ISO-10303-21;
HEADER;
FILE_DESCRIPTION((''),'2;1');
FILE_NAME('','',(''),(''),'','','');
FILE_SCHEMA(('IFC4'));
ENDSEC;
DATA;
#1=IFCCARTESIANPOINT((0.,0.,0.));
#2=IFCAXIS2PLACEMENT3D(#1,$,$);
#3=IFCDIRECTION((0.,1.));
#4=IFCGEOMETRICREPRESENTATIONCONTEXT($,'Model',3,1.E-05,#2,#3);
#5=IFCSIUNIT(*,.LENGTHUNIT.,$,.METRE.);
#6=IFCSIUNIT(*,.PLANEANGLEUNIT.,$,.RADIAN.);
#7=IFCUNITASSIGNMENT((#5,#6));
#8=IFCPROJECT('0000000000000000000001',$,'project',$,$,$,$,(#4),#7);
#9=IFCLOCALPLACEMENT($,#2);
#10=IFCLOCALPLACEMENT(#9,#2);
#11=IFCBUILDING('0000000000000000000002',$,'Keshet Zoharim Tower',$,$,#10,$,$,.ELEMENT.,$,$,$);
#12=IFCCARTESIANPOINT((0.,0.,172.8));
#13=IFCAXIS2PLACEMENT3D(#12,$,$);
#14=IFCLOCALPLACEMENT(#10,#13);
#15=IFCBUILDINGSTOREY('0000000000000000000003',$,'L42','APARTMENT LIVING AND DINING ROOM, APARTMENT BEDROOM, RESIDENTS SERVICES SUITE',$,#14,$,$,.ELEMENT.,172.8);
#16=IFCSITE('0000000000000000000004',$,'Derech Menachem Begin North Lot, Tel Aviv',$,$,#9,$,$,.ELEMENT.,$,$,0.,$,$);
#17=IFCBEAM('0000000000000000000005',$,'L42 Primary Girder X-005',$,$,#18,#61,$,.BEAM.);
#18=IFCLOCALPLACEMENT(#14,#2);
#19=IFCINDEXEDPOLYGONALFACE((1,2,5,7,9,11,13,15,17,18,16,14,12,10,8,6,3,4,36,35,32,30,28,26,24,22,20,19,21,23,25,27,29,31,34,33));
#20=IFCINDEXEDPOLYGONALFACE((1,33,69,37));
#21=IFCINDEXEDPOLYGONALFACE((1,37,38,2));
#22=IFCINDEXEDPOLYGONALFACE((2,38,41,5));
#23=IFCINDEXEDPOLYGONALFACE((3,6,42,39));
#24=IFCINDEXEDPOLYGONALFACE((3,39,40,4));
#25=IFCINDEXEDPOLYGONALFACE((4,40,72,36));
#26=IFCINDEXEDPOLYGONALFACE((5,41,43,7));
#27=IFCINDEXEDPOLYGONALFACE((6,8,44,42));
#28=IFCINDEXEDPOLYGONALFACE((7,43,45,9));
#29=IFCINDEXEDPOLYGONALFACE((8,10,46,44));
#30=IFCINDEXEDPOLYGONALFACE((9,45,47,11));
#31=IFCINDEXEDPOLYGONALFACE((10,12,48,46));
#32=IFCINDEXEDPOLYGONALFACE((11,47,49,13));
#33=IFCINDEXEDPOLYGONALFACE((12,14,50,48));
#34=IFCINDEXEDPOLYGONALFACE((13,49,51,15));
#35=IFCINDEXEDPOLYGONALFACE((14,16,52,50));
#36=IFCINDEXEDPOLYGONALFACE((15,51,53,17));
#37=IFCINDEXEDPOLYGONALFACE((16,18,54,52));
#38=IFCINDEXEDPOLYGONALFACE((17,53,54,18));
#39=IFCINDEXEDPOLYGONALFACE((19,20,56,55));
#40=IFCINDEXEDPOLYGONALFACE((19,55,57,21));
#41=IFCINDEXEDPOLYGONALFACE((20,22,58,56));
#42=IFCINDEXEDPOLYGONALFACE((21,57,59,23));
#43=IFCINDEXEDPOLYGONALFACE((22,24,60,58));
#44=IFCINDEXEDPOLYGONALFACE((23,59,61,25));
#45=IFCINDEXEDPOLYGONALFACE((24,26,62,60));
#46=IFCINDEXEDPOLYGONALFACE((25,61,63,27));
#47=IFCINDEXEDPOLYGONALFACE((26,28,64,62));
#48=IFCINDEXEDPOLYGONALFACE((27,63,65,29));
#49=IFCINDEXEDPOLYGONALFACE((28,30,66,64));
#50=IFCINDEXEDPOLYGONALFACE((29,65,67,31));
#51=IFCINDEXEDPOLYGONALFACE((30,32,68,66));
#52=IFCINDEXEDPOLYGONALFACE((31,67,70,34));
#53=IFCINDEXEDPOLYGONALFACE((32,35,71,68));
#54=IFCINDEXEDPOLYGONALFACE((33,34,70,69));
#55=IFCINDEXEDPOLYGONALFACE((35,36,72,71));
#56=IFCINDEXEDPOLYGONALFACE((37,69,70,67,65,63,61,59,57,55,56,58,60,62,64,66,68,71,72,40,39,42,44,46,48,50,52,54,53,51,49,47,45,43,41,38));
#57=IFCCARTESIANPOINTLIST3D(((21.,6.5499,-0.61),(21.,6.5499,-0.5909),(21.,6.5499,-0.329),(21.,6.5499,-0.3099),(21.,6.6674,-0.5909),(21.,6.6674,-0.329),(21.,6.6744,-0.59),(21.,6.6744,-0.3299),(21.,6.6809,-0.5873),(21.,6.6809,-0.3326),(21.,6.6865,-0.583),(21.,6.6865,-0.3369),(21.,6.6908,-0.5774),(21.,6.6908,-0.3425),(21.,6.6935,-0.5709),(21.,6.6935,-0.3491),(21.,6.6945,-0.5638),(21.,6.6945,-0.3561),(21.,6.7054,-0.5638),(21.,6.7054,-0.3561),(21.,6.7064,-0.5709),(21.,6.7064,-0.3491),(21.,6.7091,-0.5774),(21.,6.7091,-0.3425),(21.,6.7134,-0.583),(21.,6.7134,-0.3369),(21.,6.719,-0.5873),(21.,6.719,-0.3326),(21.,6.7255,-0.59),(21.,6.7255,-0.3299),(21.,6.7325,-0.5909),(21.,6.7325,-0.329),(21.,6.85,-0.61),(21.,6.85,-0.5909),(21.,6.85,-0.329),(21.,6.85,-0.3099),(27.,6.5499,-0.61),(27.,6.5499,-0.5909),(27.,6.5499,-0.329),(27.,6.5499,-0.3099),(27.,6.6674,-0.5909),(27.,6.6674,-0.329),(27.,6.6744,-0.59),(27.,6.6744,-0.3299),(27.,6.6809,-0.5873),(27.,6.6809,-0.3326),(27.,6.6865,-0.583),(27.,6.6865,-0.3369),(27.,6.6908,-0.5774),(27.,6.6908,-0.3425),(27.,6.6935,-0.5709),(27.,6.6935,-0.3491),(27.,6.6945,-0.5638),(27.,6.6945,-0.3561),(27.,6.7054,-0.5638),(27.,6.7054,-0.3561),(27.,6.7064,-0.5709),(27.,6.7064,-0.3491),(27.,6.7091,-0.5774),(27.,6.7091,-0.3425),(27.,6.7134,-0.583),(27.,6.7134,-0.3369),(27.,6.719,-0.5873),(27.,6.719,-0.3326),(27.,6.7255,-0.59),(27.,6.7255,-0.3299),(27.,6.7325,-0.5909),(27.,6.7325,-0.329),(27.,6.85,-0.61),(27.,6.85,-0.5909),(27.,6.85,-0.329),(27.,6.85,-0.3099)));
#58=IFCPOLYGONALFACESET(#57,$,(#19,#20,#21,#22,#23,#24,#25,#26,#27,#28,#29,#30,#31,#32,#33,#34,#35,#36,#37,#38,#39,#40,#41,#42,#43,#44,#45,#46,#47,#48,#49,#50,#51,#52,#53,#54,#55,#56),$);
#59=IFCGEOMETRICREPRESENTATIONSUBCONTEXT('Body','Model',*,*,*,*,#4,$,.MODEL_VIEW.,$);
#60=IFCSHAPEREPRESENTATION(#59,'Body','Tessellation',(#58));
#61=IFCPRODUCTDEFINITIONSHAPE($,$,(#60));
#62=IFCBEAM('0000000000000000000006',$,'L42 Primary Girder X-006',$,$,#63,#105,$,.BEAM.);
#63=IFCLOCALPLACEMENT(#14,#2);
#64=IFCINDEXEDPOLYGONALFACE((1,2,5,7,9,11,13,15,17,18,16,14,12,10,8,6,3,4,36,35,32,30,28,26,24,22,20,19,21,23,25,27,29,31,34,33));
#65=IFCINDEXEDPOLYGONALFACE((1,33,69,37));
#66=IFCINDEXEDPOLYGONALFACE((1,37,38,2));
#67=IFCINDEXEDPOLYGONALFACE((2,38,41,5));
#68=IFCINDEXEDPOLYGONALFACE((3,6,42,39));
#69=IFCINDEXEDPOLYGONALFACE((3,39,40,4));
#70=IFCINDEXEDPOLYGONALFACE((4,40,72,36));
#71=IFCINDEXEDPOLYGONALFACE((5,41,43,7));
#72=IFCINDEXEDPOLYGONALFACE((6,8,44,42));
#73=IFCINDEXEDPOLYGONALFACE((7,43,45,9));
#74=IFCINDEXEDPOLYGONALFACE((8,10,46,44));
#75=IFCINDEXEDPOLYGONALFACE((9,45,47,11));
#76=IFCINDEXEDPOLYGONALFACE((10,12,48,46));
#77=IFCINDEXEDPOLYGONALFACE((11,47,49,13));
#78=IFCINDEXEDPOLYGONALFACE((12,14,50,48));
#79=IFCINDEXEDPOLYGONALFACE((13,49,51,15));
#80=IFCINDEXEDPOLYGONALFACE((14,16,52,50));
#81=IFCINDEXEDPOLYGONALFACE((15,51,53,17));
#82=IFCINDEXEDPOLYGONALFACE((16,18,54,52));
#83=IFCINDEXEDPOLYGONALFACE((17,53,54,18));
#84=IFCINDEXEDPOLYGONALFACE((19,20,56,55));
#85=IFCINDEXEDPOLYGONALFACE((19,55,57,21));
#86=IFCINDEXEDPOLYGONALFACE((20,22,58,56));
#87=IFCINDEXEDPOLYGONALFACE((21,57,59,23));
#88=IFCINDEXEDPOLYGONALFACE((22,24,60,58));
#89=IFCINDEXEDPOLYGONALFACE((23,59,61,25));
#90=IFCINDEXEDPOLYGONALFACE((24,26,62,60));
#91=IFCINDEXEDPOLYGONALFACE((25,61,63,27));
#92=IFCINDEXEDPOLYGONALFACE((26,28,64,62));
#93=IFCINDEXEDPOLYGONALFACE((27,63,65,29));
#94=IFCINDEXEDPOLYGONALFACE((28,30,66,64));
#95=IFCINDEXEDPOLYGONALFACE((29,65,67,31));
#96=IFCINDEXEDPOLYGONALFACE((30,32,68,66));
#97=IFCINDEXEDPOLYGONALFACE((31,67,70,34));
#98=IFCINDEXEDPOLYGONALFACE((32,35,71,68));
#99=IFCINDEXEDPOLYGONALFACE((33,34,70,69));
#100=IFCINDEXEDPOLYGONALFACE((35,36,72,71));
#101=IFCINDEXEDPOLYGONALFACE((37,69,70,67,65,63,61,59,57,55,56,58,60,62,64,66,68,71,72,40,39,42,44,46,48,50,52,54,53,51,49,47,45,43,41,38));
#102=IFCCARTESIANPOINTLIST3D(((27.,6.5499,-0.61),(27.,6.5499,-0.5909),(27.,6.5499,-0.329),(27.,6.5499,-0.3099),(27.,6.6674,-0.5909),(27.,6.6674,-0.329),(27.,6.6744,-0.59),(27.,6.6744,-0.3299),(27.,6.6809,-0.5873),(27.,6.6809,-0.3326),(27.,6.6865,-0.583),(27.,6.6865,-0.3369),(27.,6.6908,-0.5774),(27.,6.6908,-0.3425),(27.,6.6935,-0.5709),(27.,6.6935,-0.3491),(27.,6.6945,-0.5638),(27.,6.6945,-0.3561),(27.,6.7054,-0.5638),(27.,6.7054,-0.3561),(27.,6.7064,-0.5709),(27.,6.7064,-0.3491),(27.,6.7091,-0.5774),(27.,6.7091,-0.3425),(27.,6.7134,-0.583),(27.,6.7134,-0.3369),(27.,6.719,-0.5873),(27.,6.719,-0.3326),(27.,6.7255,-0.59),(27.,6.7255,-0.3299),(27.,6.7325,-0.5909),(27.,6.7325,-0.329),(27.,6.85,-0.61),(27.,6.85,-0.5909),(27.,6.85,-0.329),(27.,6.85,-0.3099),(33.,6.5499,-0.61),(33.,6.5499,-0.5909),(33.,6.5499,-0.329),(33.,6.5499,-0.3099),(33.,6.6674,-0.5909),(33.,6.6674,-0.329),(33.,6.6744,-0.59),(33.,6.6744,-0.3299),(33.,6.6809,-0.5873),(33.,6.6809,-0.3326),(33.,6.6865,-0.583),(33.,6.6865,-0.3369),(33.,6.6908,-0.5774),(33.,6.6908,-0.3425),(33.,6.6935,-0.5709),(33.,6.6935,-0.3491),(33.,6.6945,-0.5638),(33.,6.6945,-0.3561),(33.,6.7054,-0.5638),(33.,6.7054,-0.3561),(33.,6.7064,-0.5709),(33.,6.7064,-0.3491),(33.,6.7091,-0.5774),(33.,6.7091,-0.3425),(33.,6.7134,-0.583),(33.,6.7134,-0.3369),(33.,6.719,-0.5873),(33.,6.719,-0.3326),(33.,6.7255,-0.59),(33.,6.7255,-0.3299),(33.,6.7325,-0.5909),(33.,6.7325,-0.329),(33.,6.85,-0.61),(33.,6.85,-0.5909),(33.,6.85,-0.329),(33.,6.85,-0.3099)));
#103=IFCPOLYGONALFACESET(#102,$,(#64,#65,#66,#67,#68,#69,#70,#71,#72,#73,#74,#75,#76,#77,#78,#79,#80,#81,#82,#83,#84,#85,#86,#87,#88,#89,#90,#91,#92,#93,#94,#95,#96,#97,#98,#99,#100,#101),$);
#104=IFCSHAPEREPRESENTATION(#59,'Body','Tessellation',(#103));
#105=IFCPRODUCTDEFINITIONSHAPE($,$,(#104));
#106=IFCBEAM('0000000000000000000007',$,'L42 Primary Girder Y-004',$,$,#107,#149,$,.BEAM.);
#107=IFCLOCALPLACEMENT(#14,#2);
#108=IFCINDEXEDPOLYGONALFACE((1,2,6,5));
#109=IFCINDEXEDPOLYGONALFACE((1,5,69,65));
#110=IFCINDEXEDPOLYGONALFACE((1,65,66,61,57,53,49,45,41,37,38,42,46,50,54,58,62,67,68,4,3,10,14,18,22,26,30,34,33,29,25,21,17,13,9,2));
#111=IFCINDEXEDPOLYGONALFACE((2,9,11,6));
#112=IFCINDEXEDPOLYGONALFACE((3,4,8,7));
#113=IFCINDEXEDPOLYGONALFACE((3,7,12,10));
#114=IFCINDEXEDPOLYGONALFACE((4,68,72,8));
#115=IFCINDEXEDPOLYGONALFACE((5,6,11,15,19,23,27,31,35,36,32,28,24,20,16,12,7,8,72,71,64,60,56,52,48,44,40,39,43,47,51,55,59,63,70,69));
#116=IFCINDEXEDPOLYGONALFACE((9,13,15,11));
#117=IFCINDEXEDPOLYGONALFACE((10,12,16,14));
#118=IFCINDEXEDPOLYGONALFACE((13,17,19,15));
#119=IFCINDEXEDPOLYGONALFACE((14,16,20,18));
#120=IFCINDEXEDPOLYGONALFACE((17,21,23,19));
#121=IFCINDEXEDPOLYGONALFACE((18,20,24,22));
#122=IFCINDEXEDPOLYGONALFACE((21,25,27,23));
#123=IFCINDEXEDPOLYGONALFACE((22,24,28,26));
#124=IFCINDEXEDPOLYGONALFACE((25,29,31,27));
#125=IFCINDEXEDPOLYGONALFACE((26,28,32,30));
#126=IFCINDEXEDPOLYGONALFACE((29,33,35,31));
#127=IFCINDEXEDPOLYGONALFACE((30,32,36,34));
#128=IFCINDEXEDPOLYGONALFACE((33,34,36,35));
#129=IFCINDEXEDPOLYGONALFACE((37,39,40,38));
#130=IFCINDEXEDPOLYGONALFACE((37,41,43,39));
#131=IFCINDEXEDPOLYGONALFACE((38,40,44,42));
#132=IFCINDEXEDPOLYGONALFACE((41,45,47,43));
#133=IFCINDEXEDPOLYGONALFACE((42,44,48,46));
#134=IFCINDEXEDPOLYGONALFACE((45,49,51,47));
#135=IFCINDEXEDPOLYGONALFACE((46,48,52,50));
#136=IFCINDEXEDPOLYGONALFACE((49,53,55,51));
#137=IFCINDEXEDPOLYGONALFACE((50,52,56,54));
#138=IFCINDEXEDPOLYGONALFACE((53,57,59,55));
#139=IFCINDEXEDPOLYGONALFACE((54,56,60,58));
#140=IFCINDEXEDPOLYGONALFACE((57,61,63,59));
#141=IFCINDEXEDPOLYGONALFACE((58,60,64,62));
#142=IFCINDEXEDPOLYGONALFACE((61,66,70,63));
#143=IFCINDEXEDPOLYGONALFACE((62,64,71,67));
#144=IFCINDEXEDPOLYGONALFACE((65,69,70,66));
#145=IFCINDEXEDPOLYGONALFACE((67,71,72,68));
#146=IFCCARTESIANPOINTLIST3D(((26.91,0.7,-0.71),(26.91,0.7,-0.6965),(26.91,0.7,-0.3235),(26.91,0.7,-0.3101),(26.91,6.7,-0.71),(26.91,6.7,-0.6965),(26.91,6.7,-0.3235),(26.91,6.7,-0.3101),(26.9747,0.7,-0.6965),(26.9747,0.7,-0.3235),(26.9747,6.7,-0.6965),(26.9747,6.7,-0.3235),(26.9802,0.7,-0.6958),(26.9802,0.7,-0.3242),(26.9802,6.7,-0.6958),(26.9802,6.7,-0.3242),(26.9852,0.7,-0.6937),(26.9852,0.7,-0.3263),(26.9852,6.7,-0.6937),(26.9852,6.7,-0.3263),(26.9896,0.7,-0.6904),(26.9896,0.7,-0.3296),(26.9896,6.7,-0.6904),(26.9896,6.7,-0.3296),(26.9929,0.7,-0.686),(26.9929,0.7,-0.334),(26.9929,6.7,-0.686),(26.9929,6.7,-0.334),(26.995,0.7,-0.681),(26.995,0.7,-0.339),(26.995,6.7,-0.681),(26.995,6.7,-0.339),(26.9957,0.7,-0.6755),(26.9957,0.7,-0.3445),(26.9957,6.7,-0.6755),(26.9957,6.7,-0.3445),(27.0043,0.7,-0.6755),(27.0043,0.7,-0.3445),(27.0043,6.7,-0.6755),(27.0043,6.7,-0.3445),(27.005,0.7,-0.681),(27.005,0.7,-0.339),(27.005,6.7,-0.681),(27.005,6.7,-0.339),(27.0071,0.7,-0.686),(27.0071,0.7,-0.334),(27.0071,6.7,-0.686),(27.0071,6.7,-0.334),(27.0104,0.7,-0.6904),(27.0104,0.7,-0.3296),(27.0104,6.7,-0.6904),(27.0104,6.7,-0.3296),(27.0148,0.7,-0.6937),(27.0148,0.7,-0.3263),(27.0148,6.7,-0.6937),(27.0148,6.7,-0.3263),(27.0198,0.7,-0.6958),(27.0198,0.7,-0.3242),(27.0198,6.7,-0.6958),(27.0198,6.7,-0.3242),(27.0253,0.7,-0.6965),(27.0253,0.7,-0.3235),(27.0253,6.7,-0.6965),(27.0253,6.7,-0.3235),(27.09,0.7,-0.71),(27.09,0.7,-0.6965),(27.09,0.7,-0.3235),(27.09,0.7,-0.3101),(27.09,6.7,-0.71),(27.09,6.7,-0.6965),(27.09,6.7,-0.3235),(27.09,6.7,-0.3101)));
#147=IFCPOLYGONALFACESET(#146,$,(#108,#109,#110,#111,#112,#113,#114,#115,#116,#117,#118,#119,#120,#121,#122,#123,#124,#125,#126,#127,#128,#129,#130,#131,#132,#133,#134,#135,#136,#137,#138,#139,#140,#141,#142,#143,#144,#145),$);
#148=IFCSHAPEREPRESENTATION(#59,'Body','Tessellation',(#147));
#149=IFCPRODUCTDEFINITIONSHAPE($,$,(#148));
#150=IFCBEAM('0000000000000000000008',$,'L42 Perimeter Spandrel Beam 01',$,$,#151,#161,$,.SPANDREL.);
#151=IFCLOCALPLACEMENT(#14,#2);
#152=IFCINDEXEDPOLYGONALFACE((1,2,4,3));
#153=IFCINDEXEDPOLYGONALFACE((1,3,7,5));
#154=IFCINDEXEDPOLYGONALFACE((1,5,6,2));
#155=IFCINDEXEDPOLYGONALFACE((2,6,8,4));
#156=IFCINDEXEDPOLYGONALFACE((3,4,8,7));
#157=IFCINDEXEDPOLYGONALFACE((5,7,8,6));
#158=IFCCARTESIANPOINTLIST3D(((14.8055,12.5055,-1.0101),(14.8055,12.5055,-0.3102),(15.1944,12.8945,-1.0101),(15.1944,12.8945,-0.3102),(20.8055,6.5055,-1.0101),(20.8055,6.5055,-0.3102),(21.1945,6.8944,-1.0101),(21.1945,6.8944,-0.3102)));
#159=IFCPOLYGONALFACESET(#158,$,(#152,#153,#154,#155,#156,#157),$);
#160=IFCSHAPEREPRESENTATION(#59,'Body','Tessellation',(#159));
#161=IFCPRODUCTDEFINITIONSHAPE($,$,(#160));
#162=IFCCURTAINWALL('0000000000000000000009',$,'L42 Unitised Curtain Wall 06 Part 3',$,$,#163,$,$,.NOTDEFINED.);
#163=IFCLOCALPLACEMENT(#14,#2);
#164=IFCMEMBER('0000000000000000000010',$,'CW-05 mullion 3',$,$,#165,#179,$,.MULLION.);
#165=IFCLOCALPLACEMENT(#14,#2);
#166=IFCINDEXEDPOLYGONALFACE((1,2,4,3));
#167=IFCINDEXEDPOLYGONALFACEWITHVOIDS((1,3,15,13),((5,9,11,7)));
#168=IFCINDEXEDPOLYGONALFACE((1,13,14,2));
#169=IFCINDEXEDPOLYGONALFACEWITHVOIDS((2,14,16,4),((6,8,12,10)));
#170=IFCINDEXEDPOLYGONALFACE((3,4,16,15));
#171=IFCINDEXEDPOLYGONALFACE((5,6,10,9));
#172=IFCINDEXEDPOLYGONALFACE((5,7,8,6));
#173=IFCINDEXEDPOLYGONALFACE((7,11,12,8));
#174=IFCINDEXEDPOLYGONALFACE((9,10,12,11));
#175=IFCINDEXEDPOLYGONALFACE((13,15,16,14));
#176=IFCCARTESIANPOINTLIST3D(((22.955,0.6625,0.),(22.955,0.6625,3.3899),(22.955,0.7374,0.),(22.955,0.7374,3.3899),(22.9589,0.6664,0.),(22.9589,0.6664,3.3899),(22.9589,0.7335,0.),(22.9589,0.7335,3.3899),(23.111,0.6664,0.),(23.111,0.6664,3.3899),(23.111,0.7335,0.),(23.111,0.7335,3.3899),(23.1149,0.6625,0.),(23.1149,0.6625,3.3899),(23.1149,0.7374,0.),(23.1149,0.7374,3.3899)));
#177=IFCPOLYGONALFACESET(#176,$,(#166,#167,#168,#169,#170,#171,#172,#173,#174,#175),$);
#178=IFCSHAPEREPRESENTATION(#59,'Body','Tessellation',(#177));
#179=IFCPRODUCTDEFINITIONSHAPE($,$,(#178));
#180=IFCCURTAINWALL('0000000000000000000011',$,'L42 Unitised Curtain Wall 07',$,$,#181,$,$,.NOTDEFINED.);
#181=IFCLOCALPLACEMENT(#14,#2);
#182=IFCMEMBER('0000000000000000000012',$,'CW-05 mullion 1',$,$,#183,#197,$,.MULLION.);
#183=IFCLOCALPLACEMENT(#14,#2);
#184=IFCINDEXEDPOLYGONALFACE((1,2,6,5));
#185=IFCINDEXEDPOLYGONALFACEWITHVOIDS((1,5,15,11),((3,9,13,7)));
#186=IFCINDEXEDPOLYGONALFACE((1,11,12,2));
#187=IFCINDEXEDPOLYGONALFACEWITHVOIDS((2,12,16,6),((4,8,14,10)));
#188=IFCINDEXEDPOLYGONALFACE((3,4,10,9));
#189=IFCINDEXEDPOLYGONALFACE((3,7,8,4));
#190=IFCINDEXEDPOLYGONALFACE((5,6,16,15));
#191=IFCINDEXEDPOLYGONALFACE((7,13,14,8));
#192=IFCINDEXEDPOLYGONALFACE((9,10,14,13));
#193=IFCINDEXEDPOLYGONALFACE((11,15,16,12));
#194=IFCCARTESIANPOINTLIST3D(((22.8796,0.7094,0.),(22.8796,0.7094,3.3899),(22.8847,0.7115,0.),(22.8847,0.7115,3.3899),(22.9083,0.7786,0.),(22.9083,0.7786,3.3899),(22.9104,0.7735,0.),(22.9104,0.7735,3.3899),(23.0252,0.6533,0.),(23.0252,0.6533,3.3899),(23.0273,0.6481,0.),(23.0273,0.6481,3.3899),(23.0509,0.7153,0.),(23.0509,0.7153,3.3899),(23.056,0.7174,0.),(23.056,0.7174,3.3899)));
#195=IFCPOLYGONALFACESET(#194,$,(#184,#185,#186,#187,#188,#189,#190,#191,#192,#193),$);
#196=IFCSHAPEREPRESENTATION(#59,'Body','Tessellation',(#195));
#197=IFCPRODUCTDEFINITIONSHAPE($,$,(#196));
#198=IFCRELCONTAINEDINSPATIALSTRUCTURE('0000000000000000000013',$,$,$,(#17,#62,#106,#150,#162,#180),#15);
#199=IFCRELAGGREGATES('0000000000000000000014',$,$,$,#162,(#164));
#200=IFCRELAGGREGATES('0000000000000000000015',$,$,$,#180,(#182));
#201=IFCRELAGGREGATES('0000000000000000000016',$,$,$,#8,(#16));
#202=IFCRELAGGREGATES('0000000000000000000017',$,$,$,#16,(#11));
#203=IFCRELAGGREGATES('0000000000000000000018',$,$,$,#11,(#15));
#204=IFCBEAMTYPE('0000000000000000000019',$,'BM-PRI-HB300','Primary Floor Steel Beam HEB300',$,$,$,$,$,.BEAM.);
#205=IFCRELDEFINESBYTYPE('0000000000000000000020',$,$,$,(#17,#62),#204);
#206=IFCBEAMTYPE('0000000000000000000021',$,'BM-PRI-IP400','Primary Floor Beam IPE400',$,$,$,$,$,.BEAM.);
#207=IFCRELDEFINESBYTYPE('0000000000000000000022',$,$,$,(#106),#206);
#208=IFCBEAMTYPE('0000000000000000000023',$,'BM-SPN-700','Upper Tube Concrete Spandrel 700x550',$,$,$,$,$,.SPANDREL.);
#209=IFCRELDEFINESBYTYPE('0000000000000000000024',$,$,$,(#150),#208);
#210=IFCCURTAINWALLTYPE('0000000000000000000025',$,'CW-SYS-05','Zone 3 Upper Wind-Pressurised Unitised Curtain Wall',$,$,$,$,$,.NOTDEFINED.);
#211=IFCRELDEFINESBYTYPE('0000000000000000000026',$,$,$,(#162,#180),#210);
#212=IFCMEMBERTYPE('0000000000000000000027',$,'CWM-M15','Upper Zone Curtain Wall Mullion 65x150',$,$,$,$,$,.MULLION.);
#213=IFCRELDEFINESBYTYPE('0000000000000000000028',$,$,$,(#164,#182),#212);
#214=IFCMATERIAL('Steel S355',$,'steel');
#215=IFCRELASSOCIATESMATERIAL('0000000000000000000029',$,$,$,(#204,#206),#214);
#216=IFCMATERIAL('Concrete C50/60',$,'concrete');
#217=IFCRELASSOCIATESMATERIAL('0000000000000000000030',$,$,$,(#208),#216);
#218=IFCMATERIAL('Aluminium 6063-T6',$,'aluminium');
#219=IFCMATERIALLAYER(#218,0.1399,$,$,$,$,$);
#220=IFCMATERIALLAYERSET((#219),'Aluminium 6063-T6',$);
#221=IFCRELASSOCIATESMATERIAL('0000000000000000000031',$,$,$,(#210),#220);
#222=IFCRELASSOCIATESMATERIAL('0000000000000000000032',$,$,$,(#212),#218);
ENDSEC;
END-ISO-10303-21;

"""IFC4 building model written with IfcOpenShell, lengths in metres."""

from ifc_helpers import new_model, si_unit, direction, frame, origin, origin_2d, place, context, subcontext, project, spatial, rectangle, hollow_rectangle, i_section, extrude, material, layer, layer_set, material_profile, profile_set, type_object, element, aggregate, save


model = new_model("IFC4")

# Units and contexts
model_context = context("Model", 3, precision=1e-05, world=origin(), true_north=direction((0.0, 1.0)))
body_context = subcontext(model_context, "Body", "Model", "MODEL_VIEW")
ifc_project = project(units=[si_unit("LENGTHUNIT", "METRE"), si_unit("PLANEANGLEUNIT", "RADIAN")], contexts=[model_context])

# Site, building, storey
site_placement = place(None, origin())
site = spatial("IfcSite", under=ifc_project, at=site_placement, Name="Derech Menachem Begin North Lot, Tel Aviv", CompositionType="ELEMENT", RefElevation=0.0)
building_placement = place(site_placement, origin())
building = spatial("IfcBuilding", under=site, at=building_placement, Name="Keshet Zoharim Tower", CompositionType="ELEMENT")
storey_placement = place(building_placement, frame((0.0, 0.0, 172.8)))
storey = spatial("IfcBuildingStorey", under=building, at=storey_placement, Name="L42", Description="APARTMENT LIVING AND DINING ROOM, APARTMENT BEDROOM, RESIDENTS SERVICES SUITE", CompositionType="ELEMENT", Elevation=172.8)

# Shared definitions
ifc_material_1 = material(Name="Steel S355", Category="steel")

# Beams
ifc_material_profile_1 = material_profile(ifc_material_1, i_section(OverallWidth=0.3, OverallDepth=0.3, WebThickness=0.011, FlangeThickness=0.019, FilletRadius=0.0271, at=origin_2d()), Name="HEB300")
ifc_profile_set_1 = profile_set([ifc_material_profile_1], Name="Steel S355")
beam_type_1 = type_object("IfcBeamType", Name="BM-PRI-HB300", Description="Primary Floor Steel Beam HEB300", PredefinedType="BEAM", material=ifc_profile_set_1)
for number, where, z_axis, x_axis, name in (
    (1, (21.0, 6.7, -0.46), (1.0, 0.0, 0.0), (0.0, 1.0, 0.0), "L42 Primary Girder X-005"),
    (2, (27.0, 6.7, -0.46), (1.0, 0.0, 0.0), (0.0, 1.0, 0.0), "L42 Primary Girder X-006"),
):
    element("IfcBeam", number, at=place(storey_placement, frame(where, z_axis=z_axis, x_axis=x_axis)), inside=storey, type_object=beam_type_1, Name=name, PredefinedType="BEAM", context=body_context, shape_type="SweptSolid", body=[
        extrude(i_section(OverallWidth=0.3, OverallDepth=0.3, WebThickness=0.011, FlangeThickness=0.019, FilletRadius=0.0271, at=origin_2d()), origin(), (0.0, 0.0, 1.0), 6.0),
    ])
ifc_material_profile_2 = material_profile(ifc_material_1, i_section(OverallWidth=0.1799, OverallDepth=0.3999, WebThickness=0.0085, FlangeThickness=0.0134, FilletRadius=0.021, at=origin_2d()), Name="IPE400")
ifc_profile_set_2 = profile_set([ifc_material_profile_2], Name="Steel S355")
beam_type_2 = type_object("IfcBeamType", Name="BM-PRI-IP400", Description="Primary Floor Beam IPE400", PredefinedType="BEAM", material=ifc_profile_set_2)
beam_1_placement = place(storey_placement, frame((27.0, 0.7, -0.51), z_axis=(0.0, 1.0, 0.0), x_axis=(-1.0, 0.0, 0.0)))
element("IfcBeam", 3, at=beam_1_placement, inside=storey, type_object=beam_type_2, Name="L42 Primary Girder Y-004", PredefinedType="BEAM", context=body_context, shape_type="SweptSolid", body=[
    extrude(i_section(OverallWidth=0.1799, OverallDepth=0.3999, WebThickness=0.0085, FlangeThickness=0.0134, FilletRadius=0.021, at=origin_2d()), origin(), (0.0, 0.0, 1.0), 6.0),
])
ifc_material_2 = material(Name="Concrete C50/60", Category="concrete")
ifc_material_profile_3 = material_profile(ifc_material_2, rectangle(XDim=0.55, YDim=0.7, at=origin_2d()), Name="RC700x550")
ifc_profile_set_3 = profile_set([ifc_material_profile_3], Name="Concrete C50/60")
beam_type_3 = type_object("IfcBeamType", Name="BM-SPN-700", Description="Upper Tube Concrete Spandrel 700x550", PredefinedType="SPANDREL", material=ifc_profile_set_3)
beam_2_placement = place(storey_placement, frame((21.0, 6.7, -0.6602), z_axis=(-0.707107, 0.707107, 0.0), x_axis=(-0.707107, -0.707107, 0.0)))
element("IfcBeam", 4, at=beam_2_placement, inside=storey, type_object=beam_type_3, Name="L42 Perimeter Spandrel Beam 01", PredefinedType="SPANDREL", context=body_context, shape_type="SweptSolid", body=[
    extrude(rectangle(XDim=0.55, YDim=0.7, at=origin_2d()), origin(), (0.0, 0.0, 1.0), 8.4854),
])

# Curtain wall, member
ifc_material_3 = material(Name="Aluminium 6063-T6", Category="aluminium")
ifc_layer_1 = layer(ifc_material_3, 0.1399)
ifc_layer_set_1 = layer_set([ifc_layer_1], Name="Aluminium 6063-T6")
curtain_wall_type = type_object("IfcCurtainWallType", Name="CW-SYS-05", Description="Zone 3 Upper Wind-Pressurised Unitised Curtain Wall", PredefinedType="NOTDEFINED", material=ifc_layer_set_1)
curtain_wall_1_placement = place(storey_placement, origin())
curtain_wall_1 = element("IfcCurtainWall", 5, at=curtain_wall_1_placement, inside=storey, type_object=curtain_wall_type, Name="L42 Unitised Curtain Wall 06 Part 3", PredefinedType="NOTDEFINED")
ifc_material_profile_4 = material_profile(ifc_material_3, hollow_rectangle(XDim=0.075, YDim=0.1599, WallThickness=0.0039, at=origin_2d()), Name="MUL-75x160")
ifc_profile_set_4 = profile_set([ifc_material_profile_4], Name="Aluminium 6063-T6")
member_type_1 = type_object("IfcMemberType", Name="CWM-M15", Description="Upper Zone Curtain Wall Mullion 65x150", PredefinedType="MULLION", material=ifc_profile_set_4)
member_1_placement = place(storey_placement, frame((23.0349, 0.7, 0.0), z_axis=(0.0, 0.0, 1.0), x_axis=(0.0, -1.0, 0.0)))
member_1 = element("IfcMember", 6, at=member_1_placement, type_object=member_type_1, Name="CW-05 mullion 3", PredefinedType="MULLION", context=body_context, shape_type="SweptSolid", body=[
    extrude(hollow_rectangle(XDim=0.075, YDim=0.1599, WallThickness=0.0039, at=origin_2d()), origin(), (0.0, 0.0, 1.0), 3.3899),
])
aggregate(curtain_wall_1, [member_1])

# Curtain wall, member
curtain_wall_2_placement = place(storey_placement, origin())
curtain_wall_2 = element("IfcCurtainWall", 7, at=curtain_wall_2_placement, inside=storey, type_object=curtain_wall_type, Name="L42 Unitised Curtain Wall 07", PredefinedType="NOTDEFINED")
member_2_placement = place(storey_placement, frame((22.9678, 0.7134, 0.0), z_axis=(0.0, 0.0, 1.0), x_axis=(-0.382852, -0.92381, 0.0)))
member_2 = element("IfcMember", 8, at=member_2_placement, type_object=member_type_1, Name="CW-05 mullion 1", PredefinedType="MULLION", context=body_context, shape_type="SweptSolid", body=[
    extrude(hollow_rectangle(XDim=0.075, YDim=0.1599, WallThickness=0.0039, at=origin_2d()), origin(), (0.0, 0.0, 1.0), 3.3899),
])

aggregate(curtain_wall_2, [member_2])

save(model, "model.ifc")
